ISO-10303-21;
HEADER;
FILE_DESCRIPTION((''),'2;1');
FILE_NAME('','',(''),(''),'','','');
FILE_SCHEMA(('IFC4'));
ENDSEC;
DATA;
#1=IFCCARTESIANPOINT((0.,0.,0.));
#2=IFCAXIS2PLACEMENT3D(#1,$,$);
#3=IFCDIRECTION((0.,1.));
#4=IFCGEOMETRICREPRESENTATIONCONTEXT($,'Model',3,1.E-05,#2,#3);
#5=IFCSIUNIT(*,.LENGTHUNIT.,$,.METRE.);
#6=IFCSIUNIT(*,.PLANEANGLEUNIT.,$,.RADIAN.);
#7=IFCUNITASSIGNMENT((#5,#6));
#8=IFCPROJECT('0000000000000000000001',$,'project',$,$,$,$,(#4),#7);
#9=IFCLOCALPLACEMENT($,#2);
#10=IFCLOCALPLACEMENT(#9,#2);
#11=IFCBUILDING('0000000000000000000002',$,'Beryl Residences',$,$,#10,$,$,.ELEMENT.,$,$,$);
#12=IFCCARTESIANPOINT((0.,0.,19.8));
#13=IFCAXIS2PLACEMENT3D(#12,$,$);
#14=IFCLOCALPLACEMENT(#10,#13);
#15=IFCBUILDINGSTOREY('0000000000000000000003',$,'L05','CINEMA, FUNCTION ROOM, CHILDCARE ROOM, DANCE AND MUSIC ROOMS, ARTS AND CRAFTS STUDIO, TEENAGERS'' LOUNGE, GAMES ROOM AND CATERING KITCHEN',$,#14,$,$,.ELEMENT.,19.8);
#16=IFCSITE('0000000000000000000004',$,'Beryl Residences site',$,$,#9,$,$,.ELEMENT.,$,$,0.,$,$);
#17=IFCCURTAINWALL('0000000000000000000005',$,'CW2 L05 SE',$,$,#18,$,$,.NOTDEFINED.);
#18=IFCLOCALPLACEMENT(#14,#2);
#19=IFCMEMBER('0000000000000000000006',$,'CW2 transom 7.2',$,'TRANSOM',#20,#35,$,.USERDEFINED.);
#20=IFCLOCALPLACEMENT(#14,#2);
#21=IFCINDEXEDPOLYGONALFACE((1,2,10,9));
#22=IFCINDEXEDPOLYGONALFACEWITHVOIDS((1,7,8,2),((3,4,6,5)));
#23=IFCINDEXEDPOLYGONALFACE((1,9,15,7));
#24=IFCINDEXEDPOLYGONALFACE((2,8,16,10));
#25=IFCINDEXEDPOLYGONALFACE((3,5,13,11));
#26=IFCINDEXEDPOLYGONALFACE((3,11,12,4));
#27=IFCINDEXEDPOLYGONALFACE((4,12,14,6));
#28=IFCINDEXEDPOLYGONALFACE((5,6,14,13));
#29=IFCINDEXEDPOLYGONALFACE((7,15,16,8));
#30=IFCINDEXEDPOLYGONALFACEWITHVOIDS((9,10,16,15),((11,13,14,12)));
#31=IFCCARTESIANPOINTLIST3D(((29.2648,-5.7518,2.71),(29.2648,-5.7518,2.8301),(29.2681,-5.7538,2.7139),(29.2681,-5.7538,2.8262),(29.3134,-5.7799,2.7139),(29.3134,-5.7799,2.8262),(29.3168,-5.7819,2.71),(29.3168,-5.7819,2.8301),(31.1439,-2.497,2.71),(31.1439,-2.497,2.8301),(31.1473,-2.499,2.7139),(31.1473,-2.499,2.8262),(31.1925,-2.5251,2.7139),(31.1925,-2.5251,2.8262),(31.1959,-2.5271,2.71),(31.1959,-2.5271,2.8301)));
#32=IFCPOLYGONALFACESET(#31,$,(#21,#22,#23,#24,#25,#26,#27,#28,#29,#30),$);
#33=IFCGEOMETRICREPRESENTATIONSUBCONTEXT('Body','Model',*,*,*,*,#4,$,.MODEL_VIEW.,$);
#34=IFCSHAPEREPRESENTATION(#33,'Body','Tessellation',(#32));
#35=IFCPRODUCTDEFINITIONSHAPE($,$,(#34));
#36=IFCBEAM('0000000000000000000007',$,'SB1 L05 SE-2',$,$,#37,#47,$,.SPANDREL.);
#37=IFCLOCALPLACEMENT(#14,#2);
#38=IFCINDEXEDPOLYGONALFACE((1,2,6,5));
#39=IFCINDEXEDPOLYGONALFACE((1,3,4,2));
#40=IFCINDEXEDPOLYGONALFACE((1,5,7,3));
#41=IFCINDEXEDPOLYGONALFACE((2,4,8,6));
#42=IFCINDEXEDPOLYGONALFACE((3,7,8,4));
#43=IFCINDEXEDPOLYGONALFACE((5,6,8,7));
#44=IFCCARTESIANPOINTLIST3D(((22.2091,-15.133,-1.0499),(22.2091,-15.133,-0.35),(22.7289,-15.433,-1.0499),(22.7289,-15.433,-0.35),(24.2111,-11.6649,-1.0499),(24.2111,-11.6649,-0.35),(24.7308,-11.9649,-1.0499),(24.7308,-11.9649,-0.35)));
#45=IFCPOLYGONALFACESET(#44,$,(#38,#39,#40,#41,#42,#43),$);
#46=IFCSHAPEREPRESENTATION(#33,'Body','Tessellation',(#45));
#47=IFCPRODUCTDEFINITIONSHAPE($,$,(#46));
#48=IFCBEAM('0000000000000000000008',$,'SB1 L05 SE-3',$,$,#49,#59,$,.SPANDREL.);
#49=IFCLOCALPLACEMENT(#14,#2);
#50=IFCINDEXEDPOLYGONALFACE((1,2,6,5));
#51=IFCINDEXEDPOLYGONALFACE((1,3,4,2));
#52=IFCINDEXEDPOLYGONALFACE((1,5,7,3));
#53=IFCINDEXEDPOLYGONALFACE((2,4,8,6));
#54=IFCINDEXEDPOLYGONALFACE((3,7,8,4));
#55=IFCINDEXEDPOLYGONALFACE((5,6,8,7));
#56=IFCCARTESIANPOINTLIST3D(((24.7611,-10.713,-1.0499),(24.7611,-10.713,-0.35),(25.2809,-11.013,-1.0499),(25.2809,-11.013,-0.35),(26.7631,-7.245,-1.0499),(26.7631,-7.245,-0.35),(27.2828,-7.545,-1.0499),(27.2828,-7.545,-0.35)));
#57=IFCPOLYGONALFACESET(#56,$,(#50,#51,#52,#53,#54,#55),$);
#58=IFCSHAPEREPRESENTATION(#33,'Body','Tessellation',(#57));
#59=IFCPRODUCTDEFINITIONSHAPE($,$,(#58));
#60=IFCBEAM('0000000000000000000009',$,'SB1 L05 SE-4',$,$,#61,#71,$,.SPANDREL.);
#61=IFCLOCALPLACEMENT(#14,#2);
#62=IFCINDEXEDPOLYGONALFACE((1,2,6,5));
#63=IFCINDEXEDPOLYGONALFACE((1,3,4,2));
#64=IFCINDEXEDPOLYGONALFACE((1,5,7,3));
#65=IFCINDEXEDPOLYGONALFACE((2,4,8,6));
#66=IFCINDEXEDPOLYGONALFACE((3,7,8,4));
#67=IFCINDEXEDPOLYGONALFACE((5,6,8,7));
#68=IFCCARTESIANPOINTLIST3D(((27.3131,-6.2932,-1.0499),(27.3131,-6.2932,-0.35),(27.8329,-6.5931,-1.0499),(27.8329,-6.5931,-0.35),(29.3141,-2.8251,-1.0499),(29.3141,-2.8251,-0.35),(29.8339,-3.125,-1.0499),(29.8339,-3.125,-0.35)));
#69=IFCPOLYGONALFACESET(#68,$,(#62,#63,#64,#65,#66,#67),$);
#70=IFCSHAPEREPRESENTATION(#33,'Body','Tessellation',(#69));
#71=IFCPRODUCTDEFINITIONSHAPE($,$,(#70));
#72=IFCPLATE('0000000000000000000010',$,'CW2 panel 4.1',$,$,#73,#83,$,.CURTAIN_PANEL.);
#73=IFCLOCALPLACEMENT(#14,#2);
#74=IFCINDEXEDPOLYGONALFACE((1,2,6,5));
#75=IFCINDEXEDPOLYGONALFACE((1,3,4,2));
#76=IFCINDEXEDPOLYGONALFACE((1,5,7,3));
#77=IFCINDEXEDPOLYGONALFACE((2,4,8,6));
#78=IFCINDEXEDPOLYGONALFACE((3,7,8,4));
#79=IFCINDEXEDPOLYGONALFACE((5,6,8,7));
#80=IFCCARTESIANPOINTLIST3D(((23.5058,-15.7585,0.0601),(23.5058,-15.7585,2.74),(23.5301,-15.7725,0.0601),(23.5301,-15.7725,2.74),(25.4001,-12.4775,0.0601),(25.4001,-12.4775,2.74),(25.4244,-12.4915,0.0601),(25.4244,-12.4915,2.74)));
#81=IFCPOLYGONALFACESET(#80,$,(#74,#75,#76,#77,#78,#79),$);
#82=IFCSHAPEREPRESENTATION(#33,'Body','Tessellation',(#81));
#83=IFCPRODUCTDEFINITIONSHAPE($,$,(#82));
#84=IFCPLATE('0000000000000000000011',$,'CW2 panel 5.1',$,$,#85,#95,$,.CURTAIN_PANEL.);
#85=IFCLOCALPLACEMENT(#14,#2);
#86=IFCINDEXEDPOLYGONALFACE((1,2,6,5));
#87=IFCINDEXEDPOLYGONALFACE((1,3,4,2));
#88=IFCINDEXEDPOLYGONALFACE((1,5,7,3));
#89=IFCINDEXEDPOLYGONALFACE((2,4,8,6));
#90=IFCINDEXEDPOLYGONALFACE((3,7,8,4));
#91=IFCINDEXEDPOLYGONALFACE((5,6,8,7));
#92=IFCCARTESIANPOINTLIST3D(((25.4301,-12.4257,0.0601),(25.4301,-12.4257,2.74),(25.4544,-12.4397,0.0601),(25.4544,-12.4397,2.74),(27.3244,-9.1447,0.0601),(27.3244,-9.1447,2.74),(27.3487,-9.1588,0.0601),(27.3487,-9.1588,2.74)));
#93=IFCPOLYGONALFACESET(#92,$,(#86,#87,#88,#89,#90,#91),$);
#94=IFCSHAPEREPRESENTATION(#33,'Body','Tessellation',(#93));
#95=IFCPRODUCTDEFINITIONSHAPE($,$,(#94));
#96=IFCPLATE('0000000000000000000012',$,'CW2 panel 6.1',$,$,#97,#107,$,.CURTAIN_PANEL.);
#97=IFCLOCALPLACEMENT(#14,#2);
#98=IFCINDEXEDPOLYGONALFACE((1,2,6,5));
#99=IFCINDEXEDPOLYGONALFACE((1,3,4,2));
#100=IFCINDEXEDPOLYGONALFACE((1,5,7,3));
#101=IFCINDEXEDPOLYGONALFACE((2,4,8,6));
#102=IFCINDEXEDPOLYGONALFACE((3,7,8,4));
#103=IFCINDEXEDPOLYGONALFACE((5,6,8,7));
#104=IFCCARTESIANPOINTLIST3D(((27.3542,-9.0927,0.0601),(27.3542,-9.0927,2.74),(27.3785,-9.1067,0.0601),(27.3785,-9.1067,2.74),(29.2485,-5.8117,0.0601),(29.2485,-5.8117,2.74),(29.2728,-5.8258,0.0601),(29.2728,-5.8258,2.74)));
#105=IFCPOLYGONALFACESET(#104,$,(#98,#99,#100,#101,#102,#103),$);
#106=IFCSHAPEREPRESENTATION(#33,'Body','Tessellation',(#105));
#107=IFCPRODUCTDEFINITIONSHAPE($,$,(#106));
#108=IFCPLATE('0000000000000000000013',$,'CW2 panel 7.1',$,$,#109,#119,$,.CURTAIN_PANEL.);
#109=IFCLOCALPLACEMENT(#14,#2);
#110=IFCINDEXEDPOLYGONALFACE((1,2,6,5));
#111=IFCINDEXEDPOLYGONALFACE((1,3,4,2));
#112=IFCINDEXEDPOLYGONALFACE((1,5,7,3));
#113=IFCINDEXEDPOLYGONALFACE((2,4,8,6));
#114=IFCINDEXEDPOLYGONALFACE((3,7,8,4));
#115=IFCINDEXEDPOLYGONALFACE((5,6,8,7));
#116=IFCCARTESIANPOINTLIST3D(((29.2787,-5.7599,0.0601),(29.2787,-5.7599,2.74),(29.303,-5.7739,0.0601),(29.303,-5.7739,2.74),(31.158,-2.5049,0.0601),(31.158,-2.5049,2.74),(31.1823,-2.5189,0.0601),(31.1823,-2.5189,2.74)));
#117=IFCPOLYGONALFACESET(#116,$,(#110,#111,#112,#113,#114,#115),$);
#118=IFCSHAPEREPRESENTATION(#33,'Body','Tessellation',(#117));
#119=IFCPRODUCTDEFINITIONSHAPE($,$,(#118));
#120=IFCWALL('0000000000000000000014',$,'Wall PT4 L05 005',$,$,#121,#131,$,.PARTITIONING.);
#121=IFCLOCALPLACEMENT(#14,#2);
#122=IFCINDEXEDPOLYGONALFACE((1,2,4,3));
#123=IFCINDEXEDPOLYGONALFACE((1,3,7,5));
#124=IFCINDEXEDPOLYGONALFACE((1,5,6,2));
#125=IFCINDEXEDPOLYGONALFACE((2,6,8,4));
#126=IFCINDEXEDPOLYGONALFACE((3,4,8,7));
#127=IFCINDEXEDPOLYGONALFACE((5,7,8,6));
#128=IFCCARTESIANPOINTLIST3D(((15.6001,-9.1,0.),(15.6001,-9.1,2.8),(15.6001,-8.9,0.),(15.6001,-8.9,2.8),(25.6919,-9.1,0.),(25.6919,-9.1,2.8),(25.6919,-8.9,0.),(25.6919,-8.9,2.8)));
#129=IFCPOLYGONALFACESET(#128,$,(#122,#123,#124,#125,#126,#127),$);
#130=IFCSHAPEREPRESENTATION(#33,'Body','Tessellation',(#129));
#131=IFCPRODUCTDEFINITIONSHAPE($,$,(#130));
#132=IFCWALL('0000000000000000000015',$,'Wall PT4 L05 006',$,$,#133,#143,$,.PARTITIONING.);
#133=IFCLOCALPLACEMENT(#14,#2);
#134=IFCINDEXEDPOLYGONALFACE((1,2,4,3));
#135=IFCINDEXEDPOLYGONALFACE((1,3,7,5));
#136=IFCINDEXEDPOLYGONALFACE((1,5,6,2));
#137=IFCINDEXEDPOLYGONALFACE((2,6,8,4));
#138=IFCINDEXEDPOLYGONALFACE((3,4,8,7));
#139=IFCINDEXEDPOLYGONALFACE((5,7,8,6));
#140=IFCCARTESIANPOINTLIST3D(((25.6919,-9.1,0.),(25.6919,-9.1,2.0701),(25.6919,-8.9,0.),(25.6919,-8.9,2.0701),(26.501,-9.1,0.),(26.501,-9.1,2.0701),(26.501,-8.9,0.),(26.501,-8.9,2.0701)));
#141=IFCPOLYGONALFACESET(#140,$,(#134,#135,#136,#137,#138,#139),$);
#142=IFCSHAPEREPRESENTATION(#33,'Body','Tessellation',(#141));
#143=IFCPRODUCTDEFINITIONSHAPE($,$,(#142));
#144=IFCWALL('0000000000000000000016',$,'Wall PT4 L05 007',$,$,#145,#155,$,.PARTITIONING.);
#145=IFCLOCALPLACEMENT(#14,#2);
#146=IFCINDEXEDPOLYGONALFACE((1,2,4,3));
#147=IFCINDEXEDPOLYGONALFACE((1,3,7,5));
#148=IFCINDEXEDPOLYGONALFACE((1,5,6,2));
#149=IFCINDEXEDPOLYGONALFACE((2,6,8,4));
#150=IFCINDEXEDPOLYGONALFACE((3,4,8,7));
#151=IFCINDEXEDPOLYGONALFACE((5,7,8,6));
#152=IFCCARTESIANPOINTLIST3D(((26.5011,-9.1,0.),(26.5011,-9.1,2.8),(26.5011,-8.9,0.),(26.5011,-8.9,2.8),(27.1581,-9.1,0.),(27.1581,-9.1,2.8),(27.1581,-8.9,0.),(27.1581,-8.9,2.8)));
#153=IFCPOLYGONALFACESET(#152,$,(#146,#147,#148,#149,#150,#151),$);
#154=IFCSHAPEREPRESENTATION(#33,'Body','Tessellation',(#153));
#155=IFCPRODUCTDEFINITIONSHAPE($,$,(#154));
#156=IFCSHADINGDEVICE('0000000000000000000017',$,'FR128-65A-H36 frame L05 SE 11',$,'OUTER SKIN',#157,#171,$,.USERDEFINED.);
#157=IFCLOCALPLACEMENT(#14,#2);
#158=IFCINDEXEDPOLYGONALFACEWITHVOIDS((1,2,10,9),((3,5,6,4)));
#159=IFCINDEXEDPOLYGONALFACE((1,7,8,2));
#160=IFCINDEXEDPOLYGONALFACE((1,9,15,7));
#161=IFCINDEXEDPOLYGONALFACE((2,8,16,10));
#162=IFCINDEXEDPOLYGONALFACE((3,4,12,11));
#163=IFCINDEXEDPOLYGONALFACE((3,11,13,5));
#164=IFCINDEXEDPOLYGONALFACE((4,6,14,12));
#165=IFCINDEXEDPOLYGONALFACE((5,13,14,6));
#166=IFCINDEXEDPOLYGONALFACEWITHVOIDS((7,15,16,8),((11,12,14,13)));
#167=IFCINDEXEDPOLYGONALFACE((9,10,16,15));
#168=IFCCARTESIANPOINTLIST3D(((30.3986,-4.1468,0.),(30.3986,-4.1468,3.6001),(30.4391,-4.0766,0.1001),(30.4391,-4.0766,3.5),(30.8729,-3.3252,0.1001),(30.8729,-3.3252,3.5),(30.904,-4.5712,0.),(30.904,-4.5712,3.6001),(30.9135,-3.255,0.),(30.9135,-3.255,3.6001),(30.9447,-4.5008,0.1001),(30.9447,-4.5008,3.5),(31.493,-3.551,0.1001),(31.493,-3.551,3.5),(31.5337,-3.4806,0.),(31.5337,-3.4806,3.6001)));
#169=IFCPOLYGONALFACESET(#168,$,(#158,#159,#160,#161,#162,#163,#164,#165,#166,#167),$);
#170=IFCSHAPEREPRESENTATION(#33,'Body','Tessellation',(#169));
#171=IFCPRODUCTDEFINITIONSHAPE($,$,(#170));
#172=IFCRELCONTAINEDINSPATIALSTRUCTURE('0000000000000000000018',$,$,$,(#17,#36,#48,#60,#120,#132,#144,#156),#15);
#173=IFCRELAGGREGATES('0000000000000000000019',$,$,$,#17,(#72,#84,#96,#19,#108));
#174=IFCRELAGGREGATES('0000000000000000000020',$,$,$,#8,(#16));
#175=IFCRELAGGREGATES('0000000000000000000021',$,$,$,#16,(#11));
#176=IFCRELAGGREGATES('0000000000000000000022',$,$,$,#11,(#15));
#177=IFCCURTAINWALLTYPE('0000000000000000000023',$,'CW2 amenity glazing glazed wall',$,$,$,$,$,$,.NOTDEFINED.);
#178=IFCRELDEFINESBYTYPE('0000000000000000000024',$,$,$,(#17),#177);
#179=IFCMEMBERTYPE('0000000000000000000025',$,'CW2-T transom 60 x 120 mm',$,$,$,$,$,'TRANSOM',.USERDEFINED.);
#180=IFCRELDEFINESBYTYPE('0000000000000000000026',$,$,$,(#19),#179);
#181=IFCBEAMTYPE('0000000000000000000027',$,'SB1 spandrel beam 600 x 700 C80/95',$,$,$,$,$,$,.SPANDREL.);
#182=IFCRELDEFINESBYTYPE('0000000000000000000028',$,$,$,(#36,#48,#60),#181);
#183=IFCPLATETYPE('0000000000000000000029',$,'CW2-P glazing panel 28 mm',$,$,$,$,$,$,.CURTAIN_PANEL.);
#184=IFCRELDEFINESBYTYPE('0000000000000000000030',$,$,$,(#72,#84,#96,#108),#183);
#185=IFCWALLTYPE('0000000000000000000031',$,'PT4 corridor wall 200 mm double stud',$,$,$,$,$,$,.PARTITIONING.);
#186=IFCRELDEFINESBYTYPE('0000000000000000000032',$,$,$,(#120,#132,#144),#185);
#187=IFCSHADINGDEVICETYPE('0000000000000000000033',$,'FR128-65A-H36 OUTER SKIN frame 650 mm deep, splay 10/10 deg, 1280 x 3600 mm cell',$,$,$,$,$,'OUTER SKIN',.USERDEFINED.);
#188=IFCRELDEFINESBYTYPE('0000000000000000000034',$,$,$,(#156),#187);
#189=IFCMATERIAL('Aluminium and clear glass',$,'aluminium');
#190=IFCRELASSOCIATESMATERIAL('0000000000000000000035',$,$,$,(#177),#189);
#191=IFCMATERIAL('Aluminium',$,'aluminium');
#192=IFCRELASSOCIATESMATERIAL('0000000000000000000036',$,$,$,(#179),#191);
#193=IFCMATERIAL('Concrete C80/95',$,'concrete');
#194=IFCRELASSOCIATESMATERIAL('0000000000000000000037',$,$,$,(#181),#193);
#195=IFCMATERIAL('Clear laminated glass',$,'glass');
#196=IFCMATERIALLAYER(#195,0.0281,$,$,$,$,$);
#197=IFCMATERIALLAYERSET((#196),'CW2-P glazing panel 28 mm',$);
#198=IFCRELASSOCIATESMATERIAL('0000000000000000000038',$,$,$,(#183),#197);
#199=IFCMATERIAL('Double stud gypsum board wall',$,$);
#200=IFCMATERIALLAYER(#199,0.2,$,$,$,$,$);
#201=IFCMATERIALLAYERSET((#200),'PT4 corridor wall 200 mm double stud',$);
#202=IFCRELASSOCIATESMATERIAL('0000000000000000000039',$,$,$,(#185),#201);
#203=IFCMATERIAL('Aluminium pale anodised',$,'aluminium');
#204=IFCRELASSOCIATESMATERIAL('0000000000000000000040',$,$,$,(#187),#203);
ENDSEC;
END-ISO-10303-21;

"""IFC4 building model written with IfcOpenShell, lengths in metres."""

from ifc_helpers import new_model, entity, si_unit, direction, frame, frame_2d, origin, origin_2d, place, context, subcontext, project, spatial, rectangle, hollow_rectangle, extrude, source, transform, mapped, material, layer, layer_set, material_profile, profile_set, type_object, type_shapes, element, aggregate, save


model = new_model("IFC4")

# Units and contexts
model_context = context("Model", 3, precision=1e-05, world=origin(), true_north=direction((0.0, 1.0)))
body_context = subcontext(model_context, "Body", "Model", "MODEL_VIEW")
ifc_project = project(units=[si_unit("LENGTHUNIT", "METRE"), si_unit("PLANEANGLEUNIT", "RADIAN")], contexts=[model_context])

# Site, building, storey
site_placement = place(None, origin())
site = spatial("IfcSite", under=ifc_project, at=site_placement, Name="Beryl Residences site", CompositionType="ELEMENT", RefElevation=0.0)
building_placement = place(site_placement, origin())
building = spatial("IfcBuilding", under=site, at=building_placement, Name="Beryl Residences", CompositionType="ELEMENT")
storey_placement = place(building_placement, frame((0.0, 0.0, 19.8)))
storey = spatial("IfcBuildingStorey", under=building, at=storey_placement, Name="L05", Description="CINEMA, FUNCTION ROOM, CHILDCARE ROOM, DANCE AND MUSIC ROOMS, ARTS AND CRAFTS STUDIO, TEENAGERS' LOUNGE, GAMES ROOM AND CATERING KITCHEN", CompositionType="ELEMENT", Elevation=19.8)

# Curtain wall, member
ifc_material_1 = material(Name="Aluminium and clear glass", Category="aluminium")
curtain_wall_type = type_object("IfcCurtainWallType", Name="CW2 amenity glazing glazed wall", PredefinedType="NOTDEFINED", material=ifc_material_1)
curtain_wall_placement = place(storey_placement, origin())
curtain_wall = element("IfcCurtainWall", 1, at=curtain_wall_placement, inside=storey, type_object=curtain_wall_type, Name="CW2 L05 SE", PredefinedType="NOTDEFINED")
ifc_material_2 = material(Name="Aluminium", Category="aluminium")
ifc_material_profile_1 = material_profile(ifc_material_2, hollow_rectangle(XDim=0.0601, YDim=0.1201, WallThickness=0.0039, at=origin_2d()))
ifc_profile_set_1 = profile_set([ifc_material_profile_1], Name="Aluminium")
member_type_1 = type_object("IfcMemberType", Name="CW2-T transom 60 x 120 mm", ElementType="TRANSOM", PredefinedType="USERDEFINED", material=ifc_profile_set_1)
member_1_placement = place(storey_placement, frame((29.2908, -5.7668, 2.77), z_axis=(0.499989, 0.866032, 0.0), x_axis=(-0.866032, 0.499989, 0.0)))
member_1 = element("IfcMember", 2, at=member_1_placement, type_object=member_type_1, Name="CW2 transom 7.2", ObjectType="TRANSOM", PredefinedType="USERDEFINED", context=body_context, shape_type="SweptSolid", body=[
    extrude(hollow_rectangle(XDim=0.0601, YDim=0.1201, WallThickness=0.0039, at=origin_2d()), origin(), (0.0, 0.0, 1.0), 3.7583),
])

# Beams
ifc_material_3 = material(Name="Concrete C80/95", Category="concrete")
ifc_material_profile_2 = material_profile(ifc_material_3, rectangle(XDim=0.6001, YDim=0.7, at=origin_2d()))
ifc_profile_set_2 = profile_set([ifc_material_profile_2], Name="Concrete C80/95")
beam_type = type_object("IfcBeamType", Name="SB1 spandrel beam 600 x 700 C80/95", PredefinedType="SPANDREL", material=ifc_profile_set_2)
for number, where, z_axis, x_axis, name in (
    (3, (22.469, -15.283, -0.7), (0.499942, 0.866059, 0.0), (-0.866059, 0.499942, 0.0), "SB1 L05 SE-2"),
    (4, (25.021, -10.863, -0.7), (0.499942, 0.866059, 0.0), (-0.866059, 0.499942, 0.0), "SB1 L05 SE-3"),
):
    element("IfcBeam", number, at=place(storey_placement, frame(where, z_axis=z_axis, x_axis=x_axis)), inside=storey, type_object=beam_type, Name=name, PredefinedType="SPANDREL", context=body_context, shape_type="SweptSolid", body=[
        extrude(rectangle(XDim=0.6001, YDim=0.7, at=origin_2d()), origin(), (0.0, 0.0, 1.0), 4.0044),
    ])
beam_placement = place(storey_placement, frame((27.573, -6.4431, -0.7), z_axis=(0.499759, 0.866164, 0.0), x_axis=(-0.866164, 0.499759, 0.0)))
element("IfcBeam", 5, at=beam_placement, inside=storey, type_object=beam_type, Name="SB1 L05 SE-4", PredefinedType="SPANDREL", context=body_context, shape_type="SweptSolid", body=[
    extrude(rectangle(XDim=0.6001, YDim=0.7, at=origin_2d()), origin(), (0.0, 0.0, 1.0), 4.0039),
])

# Plates
ifc_material_4 = material(Name="Clear laminated glass", Category="glass")
ifc_layer_1 = layer(ifc_material_4, 0.0281)
ifc_layer_set_1 = layer_set([ifc_layer_1], Name="CW2-P glazing panel 28 mm")
plate_type = type_object("IfcPlateType", Name="CW2-P glazing panel 28 mm", PredefinedType="CURTAIN_PANEL", material=ifc_layer_set_1)
plate_1_placement = place(storey_placement, frame((24.4651, -14.125, 0.0601), z_axis=(0.0, 0.0, 1.0), x_axis=(0.500012, 0.866019, 0.0)))
plate_1 = element("IfcPlate", 6, at=plate_1_placement, type_object=plate_type, Name="CW2 panel 4.1", PredefinedType="CURTAIN_PANEL", context=body_context, shape_type="SweptSolid", body=[
    extrude(rectangle(XDim=3.7886, YDim=0.0281, at=origin_2d()), origin(), (0.0, 0.0, 1.0), 2.6799),
])
plate_2_placement = place(storey_placement, frame((26.3894, -10.7922, 0.0601), z_axis=(0.0, 0.0, 1.0), x_axis=(0.500012, 0.866019, 0.0)))
plate_2 = element("IfcPlate", 7, at=plate_2_placement, type_object=plate_type, Name="CW2 panel 5.1", PredefinedType="CURTAIN_PANEL", context=body_context, shape_type="SweptSolid", body=[
    extrude(rectangle(XDim=3.7886, YDim=0.0281, at=origin_2d()), origin(), (0.0, 0.0, 1.0), 2.6799),
])
plate_3_placement = place(storey_placement, frame((28.3135, -7.4592, 0.0601), z_axis=(0.0, 0.0, 1.0), x_axis=(0.500012, 0.866019, 0.0)))
plate_3 = element("IfcPlate", 8, at=plate_3_placement, type_object=plate_type, Name="CW2 panel 6.1", PredefinedType="CURTAIN_PANEL", context=body_context, shape_type="SweptSolid", body=[
    extrude(rectangle(XDim=3.7886, YDim=0.0281, at=origin_2d()), origin(), (0.0, 0.0, 1.0), 2.6799),
])
plate_4_placement = place(storey_placement, frame((30.2305, -4.1394, 0.0601), z_axis=(0.0, 0.0, 1.0), x_axis=(0.500012, 0.866019, 0.0)))
plate_4 = element("IfcPlate", 9, at=plate_4_placement, type_object=plate_type, Name="CW2 panel 7.1", PredefinedType="CURTAIN_PANEL", context=body_context, shape_type="SweptSolid", body=[
    extrude(rectangle(XDim=3.7585, YDim=0.0281, at=origin_2d()), origin(), (0.0, 0.0, 1.0), 2.6799),
])
aggregate(curtain_wall, [plate_1, plate_2, plate_3, member_1, plate_4])

# Walls
ifc_material_5 = material(Name="Double stud gypsum board wall")
ifc_layer_2 = layer(ifc_material_5, 0.2)
ifc_layer_set_2 = layer_set([ifc_layer_2], Name="PT4 corridor wall 200 mm double stud")
wall_type = type_object("IfcWallType", Name="PT4 corridor wall 200 mm double stud", PredefinedType="PARTITIONING", material=ifc_layer_set_2)
wall_1_placement = place(storey_placement, frame((15.6001, -9.0, 0.0), z_axis=(0.0, 0.0, 1.0), x_axis=(1.0, 0.0, 0.0)))
element("IfcWall", 10, at=wall_1_placement, inside=storey, type_object=wall_type, Name="Wall PT4 L05 005", PredefinedType="PARTITIONING", context=body_context, shape_type="SweptSolid", body=[
    extrude(rectangle(XDim=10.0918, YDim=0.2, at=frame_2d((5.0459, 0.0))), origin(), (0.0, 0.0, 1.0), 2.8),
])
wall_2_placement = place(storey_placement, frame((25.6919, -9.0, 0.0), z_axis=(0.0, 0.0, 1.0), x_axis=(1.0, 0.0, 0.0)))
element("IfcWall", 11, at=wall_2_placement, inside=storey, type_object=wall_type, Name="Wall PT4 L05 006", PredefinedType="PARTITIONING", context=body_context, shape_type="SweptSolid", body=[
    extrude(rectangle(XDim=0.8091, YDim=0.2, at=frame_2d((0.4045, 0.0))), origin(), (0.0, 0.0, 1.0), 2.0701),
])
wall_3_placement = place(storey_placement, frame((26.501, -9.0, 0.0), z_axis=(0.0, 0.0, 1.0), x_axis=(1.0, 0.0, 0.0)))
element("IfcWall", 12, at=wall_3_placement, inside=storey, type_object=wall_type, Name="Wall PT4 L05 007", PredefinedType="PARTITIONING", context=body_context, shape_type="SweptSolid", body=[
    extrude(rectangle(XDim=0.657, YDim=0.2, at=frame_2d((0.3286, 0.0))), origin(), (0.0, 0.0, 1.0), 2.8),
])

# Shading device
ifc_material_6 = material(Name="Aluminium pale anodised", Category="aluminium")
shading_device_type_1 = type_object("IfcShadingDeviceType", Name="FR128-65A-H36 OUTER SKIN frame 650 mm deep, splay 10/10 deg, 1280 x 3600 mm cell", ElementType="OUTER SKIN", PredefinedType="USERDEFINED", material=ifc_material_6)
cartesian_point_1 = entity("IfcCartesianPoint", [-0.5149, 0.0])
cartesian_point_2 = entity("IfcCartesianPoint", [-0.4338, 0.1001])
cartesian_point_3 = entity("IfcCartesianPoint", [-0.6296, 0.0])
cartesian_point_4 = entity("IfcCartesianPoint", [-0.5483, 0.1001])
shared_shape_1 = source(origin(), body_context, "Body", "SweptSolid", [
    entity("IfcExtrudedAreaSolidTapered", entity("IfcArbitraryProfileDefWithVoids", "AREA", None, entity("IfcPolyline", [cartesian_point_1, entity("IfcCartesianPoint", [0.5149, 0.0]), entity("IfcCartesianPoint", [0.5149, 3.6001]), entity("IfcCartesianPoint", [-0.5149, 3.6001]), cartesian_point_1]), [entity("IfcPolyline", [cartesian_point_2, entity("IfcCartesianPoint", [0.4338, 0.1001]), entity("IfcCartesianPoint", [0.4338, 3.5]), entity("IfcCartesianPoint", [-0.4338, 3.5]), cartesian_point_2])]), entity("IfcAxis2Placement3D", entity("IfcCartesianPoint", [0.0, 0.0, 0.0]), entity("IfcDirection", [0.0, 1.0, 0.0]), entity("IfcDirection", [-1.0, 0.0, 0.0])), entity("IfcDirection", [0.0, 0.0, 1.0]), 0.6499, entity("IfcArbitraryProfileDefWithVoids", "AREA", None, entity("IfcPolyline", [cartesian_point_3, entity("IfcCartesianPoint", [0.6296, 0.0]), entity("IfcCartesianPoint", [0.6296, 3.6001]), entity("IfcCartesianPoint", [-0.6296, 3.6001]), cartesian_point_3]), [entity("IfcPolyline", [cartesian_point_4, entity("IfcCartesianPoint", [0.5483, 0.1001]), entity("IfcCartesianPoint", [0.5483, 3.5]), entity("IfcCartesianPoint", [-0.5483, 3.5]), cartesian_point_4])])),
])
type_shapes(shading_device_type_1, [shared_shape_1])
shading_device_placement = place(storey_placement, frame((30.656, -3.7009, 0.0), z_axis=(0.0, 0.0, 1.0), x_axis=(-0.5, -0.866025, 0.0)))
element("IfcShadingDevice", 13, at=shading_device_placement, inside=storey, type_object=shading_device_type_1, Name="FR128-65A-H36 frame L05 SE 11", ObjectType="OUTER SKIN", PredefinedType="USERDEFINED", context=body_context, shape_type="MappedRepresentation", body=[
    mapped(shared_shape_1, transform((0.0, 0.0, 0.0))),
])

save(model, "model.ifc")
